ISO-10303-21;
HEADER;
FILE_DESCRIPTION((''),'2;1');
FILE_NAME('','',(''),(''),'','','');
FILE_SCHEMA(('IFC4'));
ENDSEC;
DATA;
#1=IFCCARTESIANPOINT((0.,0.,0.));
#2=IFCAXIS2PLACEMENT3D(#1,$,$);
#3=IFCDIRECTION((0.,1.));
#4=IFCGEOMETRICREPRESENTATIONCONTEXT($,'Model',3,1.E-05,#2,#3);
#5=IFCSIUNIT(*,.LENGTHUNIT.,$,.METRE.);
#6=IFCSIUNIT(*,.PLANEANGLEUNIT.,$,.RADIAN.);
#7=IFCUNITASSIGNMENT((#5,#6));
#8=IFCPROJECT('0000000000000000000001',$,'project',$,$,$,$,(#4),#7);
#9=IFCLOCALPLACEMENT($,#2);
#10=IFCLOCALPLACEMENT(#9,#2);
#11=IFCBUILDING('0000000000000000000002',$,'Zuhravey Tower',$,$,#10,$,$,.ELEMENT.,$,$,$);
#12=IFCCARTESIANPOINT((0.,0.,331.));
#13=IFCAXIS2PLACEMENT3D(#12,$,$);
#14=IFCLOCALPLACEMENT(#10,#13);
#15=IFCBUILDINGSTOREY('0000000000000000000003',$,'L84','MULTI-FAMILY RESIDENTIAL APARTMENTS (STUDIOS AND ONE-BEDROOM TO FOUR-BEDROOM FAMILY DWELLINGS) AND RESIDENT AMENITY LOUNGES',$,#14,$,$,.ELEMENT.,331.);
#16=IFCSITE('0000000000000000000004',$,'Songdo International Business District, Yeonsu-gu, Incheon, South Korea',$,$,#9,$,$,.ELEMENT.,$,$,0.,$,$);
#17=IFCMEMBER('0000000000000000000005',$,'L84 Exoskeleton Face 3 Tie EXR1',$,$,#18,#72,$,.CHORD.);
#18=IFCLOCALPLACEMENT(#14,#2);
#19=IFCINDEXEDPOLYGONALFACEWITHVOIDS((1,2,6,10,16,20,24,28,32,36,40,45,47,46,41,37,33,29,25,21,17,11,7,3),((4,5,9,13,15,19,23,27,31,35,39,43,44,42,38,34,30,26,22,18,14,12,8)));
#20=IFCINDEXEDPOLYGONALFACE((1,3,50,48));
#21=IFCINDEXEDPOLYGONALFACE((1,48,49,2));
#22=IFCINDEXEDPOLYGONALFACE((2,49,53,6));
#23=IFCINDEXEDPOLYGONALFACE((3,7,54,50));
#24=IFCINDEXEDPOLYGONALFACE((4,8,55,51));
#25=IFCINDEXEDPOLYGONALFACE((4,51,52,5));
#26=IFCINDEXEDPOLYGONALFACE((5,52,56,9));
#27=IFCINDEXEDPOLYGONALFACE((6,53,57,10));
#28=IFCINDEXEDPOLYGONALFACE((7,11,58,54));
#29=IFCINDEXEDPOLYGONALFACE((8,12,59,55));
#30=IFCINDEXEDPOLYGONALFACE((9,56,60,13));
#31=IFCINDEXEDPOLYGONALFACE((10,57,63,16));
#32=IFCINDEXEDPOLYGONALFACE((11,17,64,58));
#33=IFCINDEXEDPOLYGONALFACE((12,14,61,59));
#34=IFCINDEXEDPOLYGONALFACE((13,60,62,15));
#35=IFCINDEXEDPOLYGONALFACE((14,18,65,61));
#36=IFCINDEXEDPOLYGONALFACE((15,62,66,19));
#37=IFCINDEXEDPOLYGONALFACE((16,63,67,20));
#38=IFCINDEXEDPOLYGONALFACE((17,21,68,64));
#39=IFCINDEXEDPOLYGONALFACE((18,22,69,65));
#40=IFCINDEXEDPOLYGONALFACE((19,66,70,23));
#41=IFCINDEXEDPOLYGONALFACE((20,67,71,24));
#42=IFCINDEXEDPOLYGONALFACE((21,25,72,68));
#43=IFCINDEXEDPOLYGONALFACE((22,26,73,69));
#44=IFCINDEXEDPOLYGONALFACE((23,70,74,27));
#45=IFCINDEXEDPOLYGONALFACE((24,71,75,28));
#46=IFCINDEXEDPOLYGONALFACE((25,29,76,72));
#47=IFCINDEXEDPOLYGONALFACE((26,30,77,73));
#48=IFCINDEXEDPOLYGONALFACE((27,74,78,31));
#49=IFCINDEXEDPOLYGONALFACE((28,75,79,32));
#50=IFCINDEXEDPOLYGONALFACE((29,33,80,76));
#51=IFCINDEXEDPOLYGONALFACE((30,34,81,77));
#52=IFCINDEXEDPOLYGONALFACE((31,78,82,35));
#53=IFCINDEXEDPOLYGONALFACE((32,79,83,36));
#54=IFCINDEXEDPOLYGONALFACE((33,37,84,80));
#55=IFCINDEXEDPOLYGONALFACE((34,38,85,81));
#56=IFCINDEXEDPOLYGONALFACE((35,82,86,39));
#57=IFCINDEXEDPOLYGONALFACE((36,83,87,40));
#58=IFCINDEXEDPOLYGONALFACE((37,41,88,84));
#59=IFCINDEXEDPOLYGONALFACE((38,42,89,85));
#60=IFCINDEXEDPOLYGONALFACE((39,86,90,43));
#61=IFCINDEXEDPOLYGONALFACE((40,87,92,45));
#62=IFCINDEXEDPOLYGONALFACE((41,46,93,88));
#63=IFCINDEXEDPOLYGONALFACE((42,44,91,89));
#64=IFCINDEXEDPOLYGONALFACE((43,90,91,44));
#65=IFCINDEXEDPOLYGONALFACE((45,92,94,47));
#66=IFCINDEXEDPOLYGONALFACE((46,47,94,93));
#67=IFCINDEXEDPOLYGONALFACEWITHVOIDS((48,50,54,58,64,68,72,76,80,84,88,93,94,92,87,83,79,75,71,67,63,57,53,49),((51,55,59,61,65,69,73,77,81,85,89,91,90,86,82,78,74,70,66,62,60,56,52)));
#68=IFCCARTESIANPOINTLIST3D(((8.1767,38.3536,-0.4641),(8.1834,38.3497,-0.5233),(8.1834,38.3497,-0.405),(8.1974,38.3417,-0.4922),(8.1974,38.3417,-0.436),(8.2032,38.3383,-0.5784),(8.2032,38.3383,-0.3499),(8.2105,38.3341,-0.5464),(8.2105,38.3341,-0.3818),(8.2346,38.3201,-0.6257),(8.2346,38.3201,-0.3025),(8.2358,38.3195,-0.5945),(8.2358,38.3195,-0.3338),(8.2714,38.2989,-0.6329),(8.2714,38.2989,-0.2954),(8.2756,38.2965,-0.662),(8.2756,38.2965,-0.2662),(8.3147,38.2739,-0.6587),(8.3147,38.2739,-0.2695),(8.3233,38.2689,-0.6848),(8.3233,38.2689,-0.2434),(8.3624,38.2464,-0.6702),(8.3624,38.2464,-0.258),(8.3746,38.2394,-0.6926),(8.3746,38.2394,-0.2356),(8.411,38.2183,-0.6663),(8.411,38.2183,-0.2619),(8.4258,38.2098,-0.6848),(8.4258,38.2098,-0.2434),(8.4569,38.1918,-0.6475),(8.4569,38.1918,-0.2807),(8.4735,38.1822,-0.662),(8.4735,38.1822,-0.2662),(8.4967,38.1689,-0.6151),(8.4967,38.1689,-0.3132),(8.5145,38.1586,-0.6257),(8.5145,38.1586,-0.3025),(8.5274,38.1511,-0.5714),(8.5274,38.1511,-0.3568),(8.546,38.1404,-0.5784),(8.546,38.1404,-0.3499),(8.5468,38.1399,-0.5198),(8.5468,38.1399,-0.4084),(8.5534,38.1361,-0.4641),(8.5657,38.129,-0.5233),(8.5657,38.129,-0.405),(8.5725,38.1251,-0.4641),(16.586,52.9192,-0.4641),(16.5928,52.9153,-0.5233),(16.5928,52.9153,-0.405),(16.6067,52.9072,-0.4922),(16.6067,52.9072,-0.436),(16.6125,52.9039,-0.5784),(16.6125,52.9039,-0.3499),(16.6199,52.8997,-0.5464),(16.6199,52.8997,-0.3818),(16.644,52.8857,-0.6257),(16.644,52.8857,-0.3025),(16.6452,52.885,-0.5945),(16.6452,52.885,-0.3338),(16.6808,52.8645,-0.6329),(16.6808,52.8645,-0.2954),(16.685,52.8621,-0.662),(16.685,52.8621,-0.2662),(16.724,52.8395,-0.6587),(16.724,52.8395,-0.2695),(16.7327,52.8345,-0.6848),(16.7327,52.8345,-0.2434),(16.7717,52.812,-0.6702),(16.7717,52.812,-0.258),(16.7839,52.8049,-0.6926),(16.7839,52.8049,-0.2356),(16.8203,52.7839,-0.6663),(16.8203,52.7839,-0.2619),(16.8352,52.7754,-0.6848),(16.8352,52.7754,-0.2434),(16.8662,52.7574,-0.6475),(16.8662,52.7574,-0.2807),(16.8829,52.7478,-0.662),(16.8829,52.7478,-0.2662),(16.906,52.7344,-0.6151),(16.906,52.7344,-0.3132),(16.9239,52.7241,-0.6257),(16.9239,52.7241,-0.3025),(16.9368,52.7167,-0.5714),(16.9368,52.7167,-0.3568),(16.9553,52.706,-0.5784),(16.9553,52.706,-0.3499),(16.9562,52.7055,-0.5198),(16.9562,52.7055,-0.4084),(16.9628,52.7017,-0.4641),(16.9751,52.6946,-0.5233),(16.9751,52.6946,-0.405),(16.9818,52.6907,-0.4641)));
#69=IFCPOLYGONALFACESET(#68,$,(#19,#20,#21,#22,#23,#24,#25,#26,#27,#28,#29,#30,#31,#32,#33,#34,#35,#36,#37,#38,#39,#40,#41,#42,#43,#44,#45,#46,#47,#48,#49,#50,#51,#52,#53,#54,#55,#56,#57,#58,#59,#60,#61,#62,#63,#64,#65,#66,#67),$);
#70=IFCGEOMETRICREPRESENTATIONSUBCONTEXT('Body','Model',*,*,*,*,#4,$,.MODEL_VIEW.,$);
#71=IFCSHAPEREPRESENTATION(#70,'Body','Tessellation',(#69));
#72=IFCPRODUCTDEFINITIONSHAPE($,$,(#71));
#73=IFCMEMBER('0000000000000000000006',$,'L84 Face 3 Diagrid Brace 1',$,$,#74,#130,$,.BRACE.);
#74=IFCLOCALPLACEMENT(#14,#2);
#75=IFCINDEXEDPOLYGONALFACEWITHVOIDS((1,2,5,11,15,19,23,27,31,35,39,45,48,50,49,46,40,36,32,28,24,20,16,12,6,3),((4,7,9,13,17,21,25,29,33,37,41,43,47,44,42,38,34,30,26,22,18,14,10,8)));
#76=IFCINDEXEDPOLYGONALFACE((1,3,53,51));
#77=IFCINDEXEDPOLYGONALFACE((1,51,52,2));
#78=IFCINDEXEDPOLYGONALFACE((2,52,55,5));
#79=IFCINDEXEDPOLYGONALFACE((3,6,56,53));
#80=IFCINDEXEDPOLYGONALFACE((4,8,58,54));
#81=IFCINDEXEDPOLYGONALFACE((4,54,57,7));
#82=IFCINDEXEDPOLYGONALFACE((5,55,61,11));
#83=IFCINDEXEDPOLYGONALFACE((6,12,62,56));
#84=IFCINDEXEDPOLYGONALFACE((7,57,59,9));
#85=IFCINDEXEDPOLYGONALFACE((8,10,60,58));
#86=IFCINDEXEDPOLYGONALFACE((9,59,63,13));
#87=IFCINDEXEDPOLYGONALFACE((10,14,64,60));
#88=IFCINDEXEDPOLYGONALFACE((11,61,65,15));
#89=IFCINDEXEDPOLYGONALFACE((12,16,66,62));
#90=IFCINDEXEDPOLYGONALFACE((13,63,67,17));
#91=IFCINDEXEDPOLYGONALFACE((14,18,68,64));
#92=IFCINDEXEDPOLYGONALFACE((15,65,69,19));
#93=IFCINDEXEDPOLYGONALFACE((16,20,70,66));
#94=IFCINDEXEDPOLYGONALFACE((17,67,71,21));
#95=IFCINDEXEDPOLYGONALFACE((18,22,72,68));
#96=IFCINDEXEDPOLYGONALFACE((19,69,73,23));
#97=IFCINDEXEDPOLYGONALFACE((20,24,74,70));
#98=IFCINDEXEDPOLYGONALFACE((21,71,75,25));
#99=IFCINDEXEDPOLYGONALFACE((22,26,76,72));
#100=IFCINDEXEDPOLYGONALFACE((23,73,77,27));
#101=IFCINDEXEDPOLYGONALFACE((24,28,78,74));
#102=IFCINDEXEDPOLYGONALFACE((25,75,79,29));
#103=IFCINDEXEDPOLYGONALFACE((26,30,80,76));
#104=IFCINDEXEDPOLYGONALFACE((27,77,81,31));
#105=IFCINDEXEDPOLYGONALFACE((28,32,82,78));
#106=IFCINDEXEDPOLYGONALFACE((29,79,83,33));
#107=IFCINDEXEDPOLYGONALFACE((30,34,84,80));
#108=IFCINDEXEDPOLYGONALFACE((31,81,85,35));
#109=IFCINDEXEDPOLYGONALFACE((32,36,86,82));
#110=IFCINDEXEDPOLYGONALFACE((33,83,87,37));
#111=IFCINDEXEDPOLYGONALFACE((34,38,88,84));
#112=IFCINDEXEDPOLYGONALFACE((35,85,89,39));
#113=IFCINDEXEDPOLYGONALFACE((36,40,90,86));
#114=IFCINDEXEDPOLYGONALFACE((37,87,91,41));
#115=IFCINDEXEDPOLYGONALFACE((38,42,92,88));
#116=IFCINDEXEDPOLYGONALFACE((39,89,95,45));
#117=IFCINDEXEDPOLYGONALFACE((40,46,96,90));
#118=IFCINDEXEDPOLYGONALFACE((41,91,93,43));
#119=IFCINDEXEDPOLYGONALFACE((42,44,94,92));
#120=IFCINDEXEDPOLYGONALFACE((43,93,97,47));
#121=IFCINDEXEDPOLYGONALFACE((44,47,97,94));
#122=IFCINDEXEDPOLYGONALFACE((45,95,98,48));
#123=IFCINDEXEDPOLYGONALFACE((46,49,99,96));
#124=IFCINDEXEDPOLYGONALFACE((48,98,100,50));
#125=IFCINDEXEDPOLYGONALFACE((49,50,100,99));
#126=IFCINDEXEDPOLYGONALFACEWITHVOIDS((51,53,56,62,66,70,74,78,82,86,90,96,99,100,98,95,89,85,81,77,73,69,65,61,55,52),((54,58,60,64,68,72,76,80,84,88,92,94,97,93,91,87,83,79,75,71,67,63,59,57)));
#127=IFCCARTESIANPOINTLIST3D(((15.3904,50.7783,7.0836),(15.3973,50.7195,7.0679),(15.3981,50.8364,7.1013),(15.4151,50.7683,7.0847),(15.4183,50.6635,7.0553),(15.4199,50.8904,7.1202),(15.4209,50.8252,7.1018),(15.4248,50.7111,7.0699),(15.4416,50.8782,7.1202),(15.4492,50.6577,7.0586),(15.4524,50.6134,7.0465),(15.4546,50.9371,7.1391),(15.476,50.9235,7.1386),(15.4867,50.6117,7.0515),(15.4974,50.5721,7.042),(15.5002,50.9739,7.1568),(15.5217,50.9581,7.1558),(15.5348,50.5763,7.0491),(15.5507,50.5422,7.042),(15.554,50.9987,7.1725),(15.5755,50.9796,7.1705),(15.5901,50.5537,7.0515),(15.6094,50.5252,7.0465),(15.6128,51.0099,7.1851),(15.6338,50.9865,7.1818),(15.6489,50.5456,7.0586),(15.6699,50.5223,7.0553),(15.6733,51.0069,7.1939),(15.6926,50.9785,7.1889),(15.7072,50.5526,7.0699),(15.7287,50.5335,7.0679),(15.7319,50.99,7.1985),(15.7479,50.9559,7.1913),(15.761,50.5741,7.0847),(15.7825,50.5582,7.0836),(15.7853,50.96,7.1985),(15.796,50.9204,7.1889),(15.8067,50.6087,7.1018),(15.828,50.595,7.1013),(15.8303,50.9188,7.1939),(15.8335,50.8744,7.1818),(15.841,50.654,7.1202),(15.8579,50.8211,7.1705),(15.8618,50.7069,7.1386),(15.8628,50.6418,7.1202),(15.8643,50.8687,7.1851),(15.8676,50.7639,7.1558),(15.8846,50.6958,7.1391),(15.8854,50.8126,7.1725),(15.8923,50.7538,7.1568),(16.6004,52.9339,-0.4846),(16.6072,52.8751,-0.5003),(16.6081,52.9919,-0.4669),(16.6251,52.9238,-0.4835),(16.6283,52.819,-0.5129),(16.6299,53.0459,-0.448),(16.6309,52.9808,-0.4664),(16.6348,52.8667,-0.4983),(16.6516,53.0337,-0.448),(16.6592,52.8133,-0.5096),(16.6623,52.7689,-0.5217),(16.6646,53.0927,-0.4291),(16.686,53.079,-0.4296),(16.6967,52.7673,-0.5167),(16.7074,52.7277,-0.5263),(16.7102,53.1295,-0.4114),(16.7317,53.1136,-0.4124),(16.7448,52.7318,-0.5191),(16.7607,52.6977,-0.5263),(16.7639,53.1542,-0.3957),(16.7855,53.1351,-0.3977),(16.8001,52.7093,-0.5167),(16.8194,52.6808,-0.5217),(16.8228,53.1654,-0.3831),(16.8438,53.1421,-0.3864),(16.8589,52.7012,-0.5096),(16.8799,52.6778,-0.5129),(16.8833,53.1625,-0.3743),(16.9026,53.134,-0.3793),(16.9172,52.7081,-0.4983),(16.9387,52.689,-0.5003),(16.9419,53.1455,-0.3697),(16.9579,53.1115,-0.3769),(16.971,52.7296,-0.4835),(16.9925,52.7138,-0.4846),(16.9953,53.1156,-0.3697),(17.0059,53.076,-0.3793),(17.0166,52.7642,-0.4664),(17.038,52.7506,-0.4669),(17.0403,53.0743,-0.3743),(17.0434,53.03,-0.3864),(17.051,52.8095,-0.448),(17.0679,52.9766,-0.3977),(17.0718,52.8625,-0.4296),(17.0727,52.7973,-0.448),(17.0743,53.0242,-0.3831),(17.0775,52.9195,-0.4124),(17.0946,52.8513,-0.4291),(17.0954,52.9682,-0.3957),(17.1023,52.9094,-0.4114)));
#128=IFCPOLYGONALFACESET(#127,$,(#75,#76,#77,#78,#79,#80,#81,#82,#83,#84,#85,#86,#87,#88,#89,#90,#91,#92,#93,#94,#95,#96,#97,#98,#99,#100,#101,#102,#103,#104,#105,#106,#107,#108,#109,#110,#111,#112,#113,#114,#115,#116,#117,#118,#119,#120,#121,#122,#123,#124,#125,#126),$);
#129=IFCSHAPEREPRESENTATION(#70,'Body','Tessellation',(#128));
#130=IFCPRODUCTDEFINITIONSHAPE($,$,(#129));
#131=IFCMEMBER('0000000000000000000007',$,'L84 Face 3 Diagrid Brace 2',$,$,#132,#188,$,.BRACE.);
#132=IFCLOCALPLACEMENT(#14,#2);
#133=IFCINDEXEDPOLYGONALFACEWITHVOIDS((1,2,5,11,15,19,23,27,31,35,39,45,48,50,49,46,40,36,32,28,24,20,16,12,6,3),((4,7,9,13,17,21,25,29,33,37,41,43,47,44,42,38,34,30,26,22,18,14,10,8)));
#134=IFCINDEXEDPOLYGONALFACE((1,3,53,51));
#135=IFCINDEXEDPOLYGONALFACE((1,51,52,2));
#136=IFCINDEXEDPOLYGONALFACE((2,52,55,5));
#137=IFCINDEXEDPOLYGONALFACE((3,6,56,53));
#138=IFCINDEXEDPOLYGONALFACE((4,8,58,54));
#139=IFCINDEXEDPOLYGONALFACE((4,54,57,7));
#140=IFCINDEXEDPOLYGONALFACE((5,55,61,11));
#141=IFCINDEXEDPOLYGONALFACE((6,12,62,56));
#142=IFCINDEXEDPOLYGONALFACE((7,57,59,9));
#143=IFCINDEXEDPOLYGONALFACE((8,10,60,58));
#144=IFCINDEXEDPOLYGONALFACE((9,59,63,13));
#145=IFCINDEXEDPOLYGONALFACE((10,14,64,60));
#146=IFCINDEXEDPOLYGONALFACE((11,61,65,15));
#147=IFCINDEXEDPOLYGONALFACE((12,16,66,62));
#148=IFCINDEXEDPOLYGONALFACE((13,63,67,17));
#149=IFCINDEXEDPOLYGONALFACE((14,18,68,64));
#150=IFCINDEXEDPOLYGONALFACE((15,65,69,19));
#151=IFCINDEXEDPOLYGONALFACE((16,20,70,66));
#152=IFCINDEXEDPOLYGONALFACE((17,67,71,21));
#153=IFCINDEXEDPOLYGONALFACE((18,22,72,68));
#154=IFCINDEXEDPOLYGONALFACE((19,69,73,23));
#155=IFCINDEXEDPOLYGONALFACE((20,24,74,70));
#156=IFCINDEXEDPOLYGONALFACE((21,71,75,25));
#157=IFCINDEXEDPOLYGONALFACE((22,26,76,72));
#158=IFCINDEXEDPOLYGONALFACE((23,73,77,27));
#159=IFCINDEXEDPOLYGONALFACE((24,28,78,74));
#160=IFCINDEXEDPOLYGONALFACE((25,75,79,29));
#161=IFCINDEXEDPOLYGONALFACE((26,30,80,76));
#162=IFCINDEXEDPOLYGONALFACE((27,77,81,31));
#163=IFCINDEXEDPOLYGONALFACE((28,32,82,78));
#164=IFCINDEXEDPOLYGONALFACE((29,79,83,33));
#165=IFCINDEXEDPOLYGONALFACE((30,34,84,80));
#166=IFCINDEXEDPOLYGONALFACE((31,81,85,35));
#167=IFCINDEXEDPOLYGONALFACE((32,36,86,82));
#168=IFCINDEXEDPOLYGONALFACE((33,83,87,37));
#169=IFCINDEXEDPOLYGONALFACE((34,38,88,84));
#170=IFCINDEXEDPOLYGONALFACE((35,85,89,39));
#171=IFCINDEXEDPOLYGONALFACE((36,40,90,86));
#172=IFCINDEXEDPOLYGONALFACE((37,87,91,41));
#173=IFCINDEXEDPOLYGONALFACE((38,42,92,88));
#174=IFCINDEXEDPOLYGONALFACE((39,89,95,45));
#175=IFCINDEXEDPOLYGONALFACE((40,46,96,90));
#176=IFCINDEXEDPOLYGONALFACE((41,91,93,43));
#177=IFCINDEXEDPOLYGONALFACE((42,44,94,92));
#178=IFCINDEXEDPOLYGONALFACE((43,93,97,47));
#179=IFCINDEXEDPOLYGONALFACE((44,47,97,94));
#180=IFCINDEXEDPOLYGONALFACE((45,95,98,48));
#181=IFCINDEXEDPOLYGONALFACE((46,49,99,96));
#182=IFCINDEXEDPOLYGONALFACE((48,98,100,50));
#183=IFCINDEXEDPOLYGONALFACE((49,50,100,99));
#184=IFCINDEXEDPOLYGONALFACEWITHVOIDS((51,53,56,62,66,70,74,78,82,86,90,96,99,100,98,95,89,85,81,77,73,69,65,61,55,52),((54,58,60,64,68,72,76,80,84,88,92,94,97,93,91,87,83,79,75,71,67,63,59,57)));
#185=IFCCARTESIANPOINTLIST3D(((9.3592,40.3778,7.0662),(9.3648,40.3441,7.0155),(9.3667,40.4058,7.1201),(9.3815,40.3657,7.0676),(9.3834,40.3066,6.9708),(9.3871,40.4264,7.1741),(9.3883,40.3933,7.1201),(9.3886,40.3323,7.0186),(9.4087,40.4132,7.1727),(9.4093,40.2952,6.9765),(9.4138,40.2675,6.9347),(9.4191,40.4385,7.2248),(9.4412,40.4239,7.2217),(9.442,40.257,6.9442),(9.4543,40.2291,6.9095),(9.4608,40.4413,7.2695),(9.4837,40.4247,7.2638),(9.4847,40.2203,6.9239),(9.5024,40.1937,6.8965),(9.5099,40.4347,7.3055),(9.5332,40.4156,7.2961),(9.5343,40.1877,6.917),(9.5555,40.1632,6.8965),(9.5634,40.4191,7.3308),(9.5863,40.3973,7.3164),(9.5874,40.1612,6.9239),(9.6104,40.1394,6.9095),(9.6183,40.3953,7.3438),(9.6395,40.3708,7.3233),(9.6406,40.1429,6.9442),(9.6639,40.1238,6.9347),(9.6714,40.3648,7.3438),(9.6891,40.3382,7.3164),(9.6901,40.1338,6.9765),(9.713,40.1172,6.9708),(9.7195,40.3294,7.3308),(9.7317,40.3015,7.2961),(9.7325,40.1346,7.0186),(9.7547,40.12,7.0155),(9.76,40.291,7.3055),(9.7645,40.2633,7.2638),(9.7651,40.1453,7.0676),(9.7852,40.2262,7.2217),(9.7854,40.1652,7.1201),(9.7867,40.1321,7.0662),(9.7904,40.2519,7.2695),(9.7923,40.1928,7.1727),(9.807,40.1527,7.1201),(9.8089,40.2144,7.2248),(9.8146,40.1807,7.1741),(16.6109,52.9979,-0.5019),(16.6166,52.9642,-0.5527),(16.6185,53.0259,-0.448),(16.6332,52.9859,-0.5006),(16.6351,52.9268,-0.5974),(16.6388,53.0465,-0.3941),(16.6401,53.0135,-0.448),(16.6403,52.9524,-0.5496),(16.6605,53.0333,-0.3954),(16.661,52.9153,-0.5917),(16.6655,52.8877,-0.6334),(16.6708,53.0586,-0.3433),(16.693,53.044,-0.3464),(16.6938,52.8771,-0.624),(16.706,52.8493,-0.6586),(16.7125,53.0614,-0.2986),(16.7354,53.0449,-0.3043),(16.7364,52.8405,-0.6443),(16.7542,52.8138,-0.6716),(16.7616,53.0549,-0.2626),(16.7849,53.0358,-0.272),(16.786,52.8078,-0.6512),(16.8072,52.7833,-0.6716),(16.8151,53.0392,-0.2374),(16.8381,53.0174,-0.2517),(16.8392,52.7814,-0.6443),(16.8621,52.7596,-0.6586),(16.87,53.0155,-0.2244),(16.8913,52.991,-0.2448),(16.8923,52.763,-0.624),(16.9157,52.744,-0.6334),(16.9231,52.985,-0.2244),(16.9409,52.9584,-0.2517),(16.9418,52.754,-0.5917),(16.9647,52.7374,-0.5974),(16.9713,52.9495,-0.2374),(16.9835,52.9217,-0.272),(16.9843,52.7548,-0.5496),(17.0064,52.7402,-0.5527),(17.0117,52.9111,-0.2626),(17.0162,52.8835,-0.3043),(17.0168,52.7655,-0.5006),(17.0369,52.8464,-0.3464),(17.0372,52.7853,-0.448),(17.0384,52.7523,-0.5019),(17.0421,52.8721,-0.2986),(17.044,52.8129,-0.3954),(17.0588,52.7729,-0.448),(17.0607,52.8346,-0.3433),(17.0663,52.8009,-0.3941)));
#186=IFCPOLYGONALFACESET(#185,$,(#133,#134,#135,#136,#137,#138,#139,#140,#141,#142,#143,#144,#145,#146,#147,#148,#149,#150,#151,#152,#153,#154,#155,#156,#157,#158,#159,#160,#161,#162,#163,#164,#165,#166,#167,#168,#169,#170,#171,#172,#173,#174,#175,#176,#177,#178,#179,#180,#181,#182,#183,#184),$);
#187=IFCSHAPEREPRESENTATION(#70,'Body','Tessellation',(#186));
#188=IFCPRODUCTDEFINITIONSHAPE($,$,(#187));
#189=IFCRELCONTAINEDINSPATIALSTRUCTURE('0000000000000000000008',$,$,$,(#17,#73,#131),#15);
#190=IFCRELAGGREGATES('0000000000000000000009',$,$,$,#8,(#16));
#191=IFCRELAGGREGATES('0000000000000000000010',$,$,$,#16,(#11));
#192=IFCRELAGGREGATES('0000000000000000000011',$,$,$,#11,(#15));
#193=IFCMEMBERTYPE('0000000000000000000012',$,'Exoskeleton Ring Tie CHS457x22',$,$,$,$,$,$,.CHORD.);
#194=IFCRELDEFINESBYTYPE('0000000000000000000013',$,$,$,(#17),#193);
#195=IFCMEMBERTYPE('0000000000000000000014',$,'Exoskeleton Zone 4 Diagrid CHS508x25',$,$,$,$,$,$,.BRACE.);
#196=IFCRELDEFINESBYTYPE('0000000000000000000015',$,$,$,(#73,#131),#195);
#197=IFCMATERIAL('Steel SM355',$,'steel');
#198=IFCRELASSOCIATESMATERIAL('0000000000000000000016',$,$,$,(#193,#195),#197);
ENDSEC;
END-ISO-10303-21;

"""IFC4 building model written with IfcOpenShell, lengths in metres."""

from ifc_helpers import new_model, si_unit, direction, frame, origin, origin_2d, place, context, subcontext, project, spatial, hollow_circle, extrude, material, material_profile, profile_set, type_object, element, save


model = new_model("IFC4")

# Units and contexts
model_context = context("Model", 3, precision=1e-05, world=origin(), true_north=direction((0.0, 1.0)))
body_context = subcontext(model_context, "Body", "Model", "MODEL_VIEW")
ifc_project = project(units=[si_unit("LENGTHUNIT", "METRE"), si_unit("PLANEANGLEUNIT", "RADIAN")], contexts=[model_context])

# Site, building, storey
site_placement = place(None, origin())
site = spatial("IfcSite", under=ifc_project, at=site_placement, Name="Songdo International Business District, Yeonsu-gu, Incheon, South Korea", CompositionType="ELEMENT", RefElevation=0.0)
building_placement = place(site_placement, origin())
building = spatial("IfcBuilding", under=site, at=building_placement, Name="Zuhravey Tower", CompositionType="ELEMENT")
storey_placement = place(building_placement, frame((0.0, 0.0, 331.0)))
storey = spatial("IfcBuildingStorey", under=building, at=storey_placement, Name="L84", Description="MULTI-FAMILY RESIDENTIAL APARTMENTS (STUDIOS AND ONE-BEDROOM TO FOUR-BEDROOM FAMILY DWELLINGS) AND RESIDENT AMENITY LOUNGES", CompositionType="ELEMENT", Elevation=331.0)

# Members
ifc_material_1 = material(Name="Steel SM355", Category="steel")
ifc_material_profile_1 = material_profile(ifc_material_1, hollow_circle(Radius=0.2285, WallThickness=0.022, at=origin_2d()), Name="CHS-457.2x22")
ifc_profile_set_1 = profile_set([ifc_material_profile_1], Name="Steel SM355")
member_type_1 = type_object("IfcMemberType", Name="Exoskeleton Ring Tie CHS457x22", PredefinedType="CHORD", material=ifc_profile_set_1)
member_1_placement = place(storey_placement, frame((16.7839, 52.8049, -0.4641), z_axis=(-0.499997, -0.866027, 0.0), x_axis=(0.866027, -0.499997, 0.0)))
element("IfcMember", 1, at=member_1_placement, inside=storey, type_object=member_type_1, Name="L84 Exoskeleton Face 3 Tie EXR1", PredefinedType="CHORD", context=body_context, shape_type="SweptSolid", body=[
    extrude(hollow_circle(Radius=0.2285, WallThickness=0.022, at=origin_2d()), origin(), (0.0, 0.0, 1.0), 16.8188),
])
ifc_material_profile_2 = material_profile(ifc_material_1, hollow_circle(Radius=0.2539, WallThickness=0.0249, at=origin_2d()), Name="CHS-508.0x25")
ifc_profile_set_2 = profile_set([ifc_material_profile_2], Name="Steel SM355")
member_type_2 = type_object("IfcMemberType", Name="Exoskeleton Zone 4 Diagrid CHS508x25", PredefinedType="BRACE", material=ifc_profile_set_2)
member_2_placement = place(storey_placement, frame((16.8513, 52.9216, -0.448), z_axis=(-0.151975, -0.27074, 0.950581), x_axis=(0.87201, -0.489487, 0.0)))
element("IfcMember", 2, at=member_2_placement, inside=storey, type_object=member_type_2, Name="L84 Face 3 Diagrid Brace 1", PredefinedType="BRACE", context=body_context, shape_type="SweptSolid", body=[
    extrude(hollow_circle(Radius=0.2539, WallThickness=0.0249, at=origin_2d()), origin(), (0.0, 0.0, 1.0), 7.9617),
])
member_3_placement = place(storey_placement, frame((16.8386, 52.8994, -0.448), z_axis=(-0.442037, -0.769275, 0.461324), x_axis=(0.867051, -0.49822, 0.0)))
element("IfcMember", 3, at=member_3_placement, inside=storey, type_object=member_type_2, Name="L84 Face 3 Diagrid Brace 2", PredefinedType="BRACE", context=body_context, shape_type="SweptSolid", body=[
    extrude(hollow_circle(Radius=0.2539, WallThickness=0.0249, at=origin_2d()), origin(), (0.0, 0.0, 1.0), 16.4053),
])

save(model, "model.ifc")
